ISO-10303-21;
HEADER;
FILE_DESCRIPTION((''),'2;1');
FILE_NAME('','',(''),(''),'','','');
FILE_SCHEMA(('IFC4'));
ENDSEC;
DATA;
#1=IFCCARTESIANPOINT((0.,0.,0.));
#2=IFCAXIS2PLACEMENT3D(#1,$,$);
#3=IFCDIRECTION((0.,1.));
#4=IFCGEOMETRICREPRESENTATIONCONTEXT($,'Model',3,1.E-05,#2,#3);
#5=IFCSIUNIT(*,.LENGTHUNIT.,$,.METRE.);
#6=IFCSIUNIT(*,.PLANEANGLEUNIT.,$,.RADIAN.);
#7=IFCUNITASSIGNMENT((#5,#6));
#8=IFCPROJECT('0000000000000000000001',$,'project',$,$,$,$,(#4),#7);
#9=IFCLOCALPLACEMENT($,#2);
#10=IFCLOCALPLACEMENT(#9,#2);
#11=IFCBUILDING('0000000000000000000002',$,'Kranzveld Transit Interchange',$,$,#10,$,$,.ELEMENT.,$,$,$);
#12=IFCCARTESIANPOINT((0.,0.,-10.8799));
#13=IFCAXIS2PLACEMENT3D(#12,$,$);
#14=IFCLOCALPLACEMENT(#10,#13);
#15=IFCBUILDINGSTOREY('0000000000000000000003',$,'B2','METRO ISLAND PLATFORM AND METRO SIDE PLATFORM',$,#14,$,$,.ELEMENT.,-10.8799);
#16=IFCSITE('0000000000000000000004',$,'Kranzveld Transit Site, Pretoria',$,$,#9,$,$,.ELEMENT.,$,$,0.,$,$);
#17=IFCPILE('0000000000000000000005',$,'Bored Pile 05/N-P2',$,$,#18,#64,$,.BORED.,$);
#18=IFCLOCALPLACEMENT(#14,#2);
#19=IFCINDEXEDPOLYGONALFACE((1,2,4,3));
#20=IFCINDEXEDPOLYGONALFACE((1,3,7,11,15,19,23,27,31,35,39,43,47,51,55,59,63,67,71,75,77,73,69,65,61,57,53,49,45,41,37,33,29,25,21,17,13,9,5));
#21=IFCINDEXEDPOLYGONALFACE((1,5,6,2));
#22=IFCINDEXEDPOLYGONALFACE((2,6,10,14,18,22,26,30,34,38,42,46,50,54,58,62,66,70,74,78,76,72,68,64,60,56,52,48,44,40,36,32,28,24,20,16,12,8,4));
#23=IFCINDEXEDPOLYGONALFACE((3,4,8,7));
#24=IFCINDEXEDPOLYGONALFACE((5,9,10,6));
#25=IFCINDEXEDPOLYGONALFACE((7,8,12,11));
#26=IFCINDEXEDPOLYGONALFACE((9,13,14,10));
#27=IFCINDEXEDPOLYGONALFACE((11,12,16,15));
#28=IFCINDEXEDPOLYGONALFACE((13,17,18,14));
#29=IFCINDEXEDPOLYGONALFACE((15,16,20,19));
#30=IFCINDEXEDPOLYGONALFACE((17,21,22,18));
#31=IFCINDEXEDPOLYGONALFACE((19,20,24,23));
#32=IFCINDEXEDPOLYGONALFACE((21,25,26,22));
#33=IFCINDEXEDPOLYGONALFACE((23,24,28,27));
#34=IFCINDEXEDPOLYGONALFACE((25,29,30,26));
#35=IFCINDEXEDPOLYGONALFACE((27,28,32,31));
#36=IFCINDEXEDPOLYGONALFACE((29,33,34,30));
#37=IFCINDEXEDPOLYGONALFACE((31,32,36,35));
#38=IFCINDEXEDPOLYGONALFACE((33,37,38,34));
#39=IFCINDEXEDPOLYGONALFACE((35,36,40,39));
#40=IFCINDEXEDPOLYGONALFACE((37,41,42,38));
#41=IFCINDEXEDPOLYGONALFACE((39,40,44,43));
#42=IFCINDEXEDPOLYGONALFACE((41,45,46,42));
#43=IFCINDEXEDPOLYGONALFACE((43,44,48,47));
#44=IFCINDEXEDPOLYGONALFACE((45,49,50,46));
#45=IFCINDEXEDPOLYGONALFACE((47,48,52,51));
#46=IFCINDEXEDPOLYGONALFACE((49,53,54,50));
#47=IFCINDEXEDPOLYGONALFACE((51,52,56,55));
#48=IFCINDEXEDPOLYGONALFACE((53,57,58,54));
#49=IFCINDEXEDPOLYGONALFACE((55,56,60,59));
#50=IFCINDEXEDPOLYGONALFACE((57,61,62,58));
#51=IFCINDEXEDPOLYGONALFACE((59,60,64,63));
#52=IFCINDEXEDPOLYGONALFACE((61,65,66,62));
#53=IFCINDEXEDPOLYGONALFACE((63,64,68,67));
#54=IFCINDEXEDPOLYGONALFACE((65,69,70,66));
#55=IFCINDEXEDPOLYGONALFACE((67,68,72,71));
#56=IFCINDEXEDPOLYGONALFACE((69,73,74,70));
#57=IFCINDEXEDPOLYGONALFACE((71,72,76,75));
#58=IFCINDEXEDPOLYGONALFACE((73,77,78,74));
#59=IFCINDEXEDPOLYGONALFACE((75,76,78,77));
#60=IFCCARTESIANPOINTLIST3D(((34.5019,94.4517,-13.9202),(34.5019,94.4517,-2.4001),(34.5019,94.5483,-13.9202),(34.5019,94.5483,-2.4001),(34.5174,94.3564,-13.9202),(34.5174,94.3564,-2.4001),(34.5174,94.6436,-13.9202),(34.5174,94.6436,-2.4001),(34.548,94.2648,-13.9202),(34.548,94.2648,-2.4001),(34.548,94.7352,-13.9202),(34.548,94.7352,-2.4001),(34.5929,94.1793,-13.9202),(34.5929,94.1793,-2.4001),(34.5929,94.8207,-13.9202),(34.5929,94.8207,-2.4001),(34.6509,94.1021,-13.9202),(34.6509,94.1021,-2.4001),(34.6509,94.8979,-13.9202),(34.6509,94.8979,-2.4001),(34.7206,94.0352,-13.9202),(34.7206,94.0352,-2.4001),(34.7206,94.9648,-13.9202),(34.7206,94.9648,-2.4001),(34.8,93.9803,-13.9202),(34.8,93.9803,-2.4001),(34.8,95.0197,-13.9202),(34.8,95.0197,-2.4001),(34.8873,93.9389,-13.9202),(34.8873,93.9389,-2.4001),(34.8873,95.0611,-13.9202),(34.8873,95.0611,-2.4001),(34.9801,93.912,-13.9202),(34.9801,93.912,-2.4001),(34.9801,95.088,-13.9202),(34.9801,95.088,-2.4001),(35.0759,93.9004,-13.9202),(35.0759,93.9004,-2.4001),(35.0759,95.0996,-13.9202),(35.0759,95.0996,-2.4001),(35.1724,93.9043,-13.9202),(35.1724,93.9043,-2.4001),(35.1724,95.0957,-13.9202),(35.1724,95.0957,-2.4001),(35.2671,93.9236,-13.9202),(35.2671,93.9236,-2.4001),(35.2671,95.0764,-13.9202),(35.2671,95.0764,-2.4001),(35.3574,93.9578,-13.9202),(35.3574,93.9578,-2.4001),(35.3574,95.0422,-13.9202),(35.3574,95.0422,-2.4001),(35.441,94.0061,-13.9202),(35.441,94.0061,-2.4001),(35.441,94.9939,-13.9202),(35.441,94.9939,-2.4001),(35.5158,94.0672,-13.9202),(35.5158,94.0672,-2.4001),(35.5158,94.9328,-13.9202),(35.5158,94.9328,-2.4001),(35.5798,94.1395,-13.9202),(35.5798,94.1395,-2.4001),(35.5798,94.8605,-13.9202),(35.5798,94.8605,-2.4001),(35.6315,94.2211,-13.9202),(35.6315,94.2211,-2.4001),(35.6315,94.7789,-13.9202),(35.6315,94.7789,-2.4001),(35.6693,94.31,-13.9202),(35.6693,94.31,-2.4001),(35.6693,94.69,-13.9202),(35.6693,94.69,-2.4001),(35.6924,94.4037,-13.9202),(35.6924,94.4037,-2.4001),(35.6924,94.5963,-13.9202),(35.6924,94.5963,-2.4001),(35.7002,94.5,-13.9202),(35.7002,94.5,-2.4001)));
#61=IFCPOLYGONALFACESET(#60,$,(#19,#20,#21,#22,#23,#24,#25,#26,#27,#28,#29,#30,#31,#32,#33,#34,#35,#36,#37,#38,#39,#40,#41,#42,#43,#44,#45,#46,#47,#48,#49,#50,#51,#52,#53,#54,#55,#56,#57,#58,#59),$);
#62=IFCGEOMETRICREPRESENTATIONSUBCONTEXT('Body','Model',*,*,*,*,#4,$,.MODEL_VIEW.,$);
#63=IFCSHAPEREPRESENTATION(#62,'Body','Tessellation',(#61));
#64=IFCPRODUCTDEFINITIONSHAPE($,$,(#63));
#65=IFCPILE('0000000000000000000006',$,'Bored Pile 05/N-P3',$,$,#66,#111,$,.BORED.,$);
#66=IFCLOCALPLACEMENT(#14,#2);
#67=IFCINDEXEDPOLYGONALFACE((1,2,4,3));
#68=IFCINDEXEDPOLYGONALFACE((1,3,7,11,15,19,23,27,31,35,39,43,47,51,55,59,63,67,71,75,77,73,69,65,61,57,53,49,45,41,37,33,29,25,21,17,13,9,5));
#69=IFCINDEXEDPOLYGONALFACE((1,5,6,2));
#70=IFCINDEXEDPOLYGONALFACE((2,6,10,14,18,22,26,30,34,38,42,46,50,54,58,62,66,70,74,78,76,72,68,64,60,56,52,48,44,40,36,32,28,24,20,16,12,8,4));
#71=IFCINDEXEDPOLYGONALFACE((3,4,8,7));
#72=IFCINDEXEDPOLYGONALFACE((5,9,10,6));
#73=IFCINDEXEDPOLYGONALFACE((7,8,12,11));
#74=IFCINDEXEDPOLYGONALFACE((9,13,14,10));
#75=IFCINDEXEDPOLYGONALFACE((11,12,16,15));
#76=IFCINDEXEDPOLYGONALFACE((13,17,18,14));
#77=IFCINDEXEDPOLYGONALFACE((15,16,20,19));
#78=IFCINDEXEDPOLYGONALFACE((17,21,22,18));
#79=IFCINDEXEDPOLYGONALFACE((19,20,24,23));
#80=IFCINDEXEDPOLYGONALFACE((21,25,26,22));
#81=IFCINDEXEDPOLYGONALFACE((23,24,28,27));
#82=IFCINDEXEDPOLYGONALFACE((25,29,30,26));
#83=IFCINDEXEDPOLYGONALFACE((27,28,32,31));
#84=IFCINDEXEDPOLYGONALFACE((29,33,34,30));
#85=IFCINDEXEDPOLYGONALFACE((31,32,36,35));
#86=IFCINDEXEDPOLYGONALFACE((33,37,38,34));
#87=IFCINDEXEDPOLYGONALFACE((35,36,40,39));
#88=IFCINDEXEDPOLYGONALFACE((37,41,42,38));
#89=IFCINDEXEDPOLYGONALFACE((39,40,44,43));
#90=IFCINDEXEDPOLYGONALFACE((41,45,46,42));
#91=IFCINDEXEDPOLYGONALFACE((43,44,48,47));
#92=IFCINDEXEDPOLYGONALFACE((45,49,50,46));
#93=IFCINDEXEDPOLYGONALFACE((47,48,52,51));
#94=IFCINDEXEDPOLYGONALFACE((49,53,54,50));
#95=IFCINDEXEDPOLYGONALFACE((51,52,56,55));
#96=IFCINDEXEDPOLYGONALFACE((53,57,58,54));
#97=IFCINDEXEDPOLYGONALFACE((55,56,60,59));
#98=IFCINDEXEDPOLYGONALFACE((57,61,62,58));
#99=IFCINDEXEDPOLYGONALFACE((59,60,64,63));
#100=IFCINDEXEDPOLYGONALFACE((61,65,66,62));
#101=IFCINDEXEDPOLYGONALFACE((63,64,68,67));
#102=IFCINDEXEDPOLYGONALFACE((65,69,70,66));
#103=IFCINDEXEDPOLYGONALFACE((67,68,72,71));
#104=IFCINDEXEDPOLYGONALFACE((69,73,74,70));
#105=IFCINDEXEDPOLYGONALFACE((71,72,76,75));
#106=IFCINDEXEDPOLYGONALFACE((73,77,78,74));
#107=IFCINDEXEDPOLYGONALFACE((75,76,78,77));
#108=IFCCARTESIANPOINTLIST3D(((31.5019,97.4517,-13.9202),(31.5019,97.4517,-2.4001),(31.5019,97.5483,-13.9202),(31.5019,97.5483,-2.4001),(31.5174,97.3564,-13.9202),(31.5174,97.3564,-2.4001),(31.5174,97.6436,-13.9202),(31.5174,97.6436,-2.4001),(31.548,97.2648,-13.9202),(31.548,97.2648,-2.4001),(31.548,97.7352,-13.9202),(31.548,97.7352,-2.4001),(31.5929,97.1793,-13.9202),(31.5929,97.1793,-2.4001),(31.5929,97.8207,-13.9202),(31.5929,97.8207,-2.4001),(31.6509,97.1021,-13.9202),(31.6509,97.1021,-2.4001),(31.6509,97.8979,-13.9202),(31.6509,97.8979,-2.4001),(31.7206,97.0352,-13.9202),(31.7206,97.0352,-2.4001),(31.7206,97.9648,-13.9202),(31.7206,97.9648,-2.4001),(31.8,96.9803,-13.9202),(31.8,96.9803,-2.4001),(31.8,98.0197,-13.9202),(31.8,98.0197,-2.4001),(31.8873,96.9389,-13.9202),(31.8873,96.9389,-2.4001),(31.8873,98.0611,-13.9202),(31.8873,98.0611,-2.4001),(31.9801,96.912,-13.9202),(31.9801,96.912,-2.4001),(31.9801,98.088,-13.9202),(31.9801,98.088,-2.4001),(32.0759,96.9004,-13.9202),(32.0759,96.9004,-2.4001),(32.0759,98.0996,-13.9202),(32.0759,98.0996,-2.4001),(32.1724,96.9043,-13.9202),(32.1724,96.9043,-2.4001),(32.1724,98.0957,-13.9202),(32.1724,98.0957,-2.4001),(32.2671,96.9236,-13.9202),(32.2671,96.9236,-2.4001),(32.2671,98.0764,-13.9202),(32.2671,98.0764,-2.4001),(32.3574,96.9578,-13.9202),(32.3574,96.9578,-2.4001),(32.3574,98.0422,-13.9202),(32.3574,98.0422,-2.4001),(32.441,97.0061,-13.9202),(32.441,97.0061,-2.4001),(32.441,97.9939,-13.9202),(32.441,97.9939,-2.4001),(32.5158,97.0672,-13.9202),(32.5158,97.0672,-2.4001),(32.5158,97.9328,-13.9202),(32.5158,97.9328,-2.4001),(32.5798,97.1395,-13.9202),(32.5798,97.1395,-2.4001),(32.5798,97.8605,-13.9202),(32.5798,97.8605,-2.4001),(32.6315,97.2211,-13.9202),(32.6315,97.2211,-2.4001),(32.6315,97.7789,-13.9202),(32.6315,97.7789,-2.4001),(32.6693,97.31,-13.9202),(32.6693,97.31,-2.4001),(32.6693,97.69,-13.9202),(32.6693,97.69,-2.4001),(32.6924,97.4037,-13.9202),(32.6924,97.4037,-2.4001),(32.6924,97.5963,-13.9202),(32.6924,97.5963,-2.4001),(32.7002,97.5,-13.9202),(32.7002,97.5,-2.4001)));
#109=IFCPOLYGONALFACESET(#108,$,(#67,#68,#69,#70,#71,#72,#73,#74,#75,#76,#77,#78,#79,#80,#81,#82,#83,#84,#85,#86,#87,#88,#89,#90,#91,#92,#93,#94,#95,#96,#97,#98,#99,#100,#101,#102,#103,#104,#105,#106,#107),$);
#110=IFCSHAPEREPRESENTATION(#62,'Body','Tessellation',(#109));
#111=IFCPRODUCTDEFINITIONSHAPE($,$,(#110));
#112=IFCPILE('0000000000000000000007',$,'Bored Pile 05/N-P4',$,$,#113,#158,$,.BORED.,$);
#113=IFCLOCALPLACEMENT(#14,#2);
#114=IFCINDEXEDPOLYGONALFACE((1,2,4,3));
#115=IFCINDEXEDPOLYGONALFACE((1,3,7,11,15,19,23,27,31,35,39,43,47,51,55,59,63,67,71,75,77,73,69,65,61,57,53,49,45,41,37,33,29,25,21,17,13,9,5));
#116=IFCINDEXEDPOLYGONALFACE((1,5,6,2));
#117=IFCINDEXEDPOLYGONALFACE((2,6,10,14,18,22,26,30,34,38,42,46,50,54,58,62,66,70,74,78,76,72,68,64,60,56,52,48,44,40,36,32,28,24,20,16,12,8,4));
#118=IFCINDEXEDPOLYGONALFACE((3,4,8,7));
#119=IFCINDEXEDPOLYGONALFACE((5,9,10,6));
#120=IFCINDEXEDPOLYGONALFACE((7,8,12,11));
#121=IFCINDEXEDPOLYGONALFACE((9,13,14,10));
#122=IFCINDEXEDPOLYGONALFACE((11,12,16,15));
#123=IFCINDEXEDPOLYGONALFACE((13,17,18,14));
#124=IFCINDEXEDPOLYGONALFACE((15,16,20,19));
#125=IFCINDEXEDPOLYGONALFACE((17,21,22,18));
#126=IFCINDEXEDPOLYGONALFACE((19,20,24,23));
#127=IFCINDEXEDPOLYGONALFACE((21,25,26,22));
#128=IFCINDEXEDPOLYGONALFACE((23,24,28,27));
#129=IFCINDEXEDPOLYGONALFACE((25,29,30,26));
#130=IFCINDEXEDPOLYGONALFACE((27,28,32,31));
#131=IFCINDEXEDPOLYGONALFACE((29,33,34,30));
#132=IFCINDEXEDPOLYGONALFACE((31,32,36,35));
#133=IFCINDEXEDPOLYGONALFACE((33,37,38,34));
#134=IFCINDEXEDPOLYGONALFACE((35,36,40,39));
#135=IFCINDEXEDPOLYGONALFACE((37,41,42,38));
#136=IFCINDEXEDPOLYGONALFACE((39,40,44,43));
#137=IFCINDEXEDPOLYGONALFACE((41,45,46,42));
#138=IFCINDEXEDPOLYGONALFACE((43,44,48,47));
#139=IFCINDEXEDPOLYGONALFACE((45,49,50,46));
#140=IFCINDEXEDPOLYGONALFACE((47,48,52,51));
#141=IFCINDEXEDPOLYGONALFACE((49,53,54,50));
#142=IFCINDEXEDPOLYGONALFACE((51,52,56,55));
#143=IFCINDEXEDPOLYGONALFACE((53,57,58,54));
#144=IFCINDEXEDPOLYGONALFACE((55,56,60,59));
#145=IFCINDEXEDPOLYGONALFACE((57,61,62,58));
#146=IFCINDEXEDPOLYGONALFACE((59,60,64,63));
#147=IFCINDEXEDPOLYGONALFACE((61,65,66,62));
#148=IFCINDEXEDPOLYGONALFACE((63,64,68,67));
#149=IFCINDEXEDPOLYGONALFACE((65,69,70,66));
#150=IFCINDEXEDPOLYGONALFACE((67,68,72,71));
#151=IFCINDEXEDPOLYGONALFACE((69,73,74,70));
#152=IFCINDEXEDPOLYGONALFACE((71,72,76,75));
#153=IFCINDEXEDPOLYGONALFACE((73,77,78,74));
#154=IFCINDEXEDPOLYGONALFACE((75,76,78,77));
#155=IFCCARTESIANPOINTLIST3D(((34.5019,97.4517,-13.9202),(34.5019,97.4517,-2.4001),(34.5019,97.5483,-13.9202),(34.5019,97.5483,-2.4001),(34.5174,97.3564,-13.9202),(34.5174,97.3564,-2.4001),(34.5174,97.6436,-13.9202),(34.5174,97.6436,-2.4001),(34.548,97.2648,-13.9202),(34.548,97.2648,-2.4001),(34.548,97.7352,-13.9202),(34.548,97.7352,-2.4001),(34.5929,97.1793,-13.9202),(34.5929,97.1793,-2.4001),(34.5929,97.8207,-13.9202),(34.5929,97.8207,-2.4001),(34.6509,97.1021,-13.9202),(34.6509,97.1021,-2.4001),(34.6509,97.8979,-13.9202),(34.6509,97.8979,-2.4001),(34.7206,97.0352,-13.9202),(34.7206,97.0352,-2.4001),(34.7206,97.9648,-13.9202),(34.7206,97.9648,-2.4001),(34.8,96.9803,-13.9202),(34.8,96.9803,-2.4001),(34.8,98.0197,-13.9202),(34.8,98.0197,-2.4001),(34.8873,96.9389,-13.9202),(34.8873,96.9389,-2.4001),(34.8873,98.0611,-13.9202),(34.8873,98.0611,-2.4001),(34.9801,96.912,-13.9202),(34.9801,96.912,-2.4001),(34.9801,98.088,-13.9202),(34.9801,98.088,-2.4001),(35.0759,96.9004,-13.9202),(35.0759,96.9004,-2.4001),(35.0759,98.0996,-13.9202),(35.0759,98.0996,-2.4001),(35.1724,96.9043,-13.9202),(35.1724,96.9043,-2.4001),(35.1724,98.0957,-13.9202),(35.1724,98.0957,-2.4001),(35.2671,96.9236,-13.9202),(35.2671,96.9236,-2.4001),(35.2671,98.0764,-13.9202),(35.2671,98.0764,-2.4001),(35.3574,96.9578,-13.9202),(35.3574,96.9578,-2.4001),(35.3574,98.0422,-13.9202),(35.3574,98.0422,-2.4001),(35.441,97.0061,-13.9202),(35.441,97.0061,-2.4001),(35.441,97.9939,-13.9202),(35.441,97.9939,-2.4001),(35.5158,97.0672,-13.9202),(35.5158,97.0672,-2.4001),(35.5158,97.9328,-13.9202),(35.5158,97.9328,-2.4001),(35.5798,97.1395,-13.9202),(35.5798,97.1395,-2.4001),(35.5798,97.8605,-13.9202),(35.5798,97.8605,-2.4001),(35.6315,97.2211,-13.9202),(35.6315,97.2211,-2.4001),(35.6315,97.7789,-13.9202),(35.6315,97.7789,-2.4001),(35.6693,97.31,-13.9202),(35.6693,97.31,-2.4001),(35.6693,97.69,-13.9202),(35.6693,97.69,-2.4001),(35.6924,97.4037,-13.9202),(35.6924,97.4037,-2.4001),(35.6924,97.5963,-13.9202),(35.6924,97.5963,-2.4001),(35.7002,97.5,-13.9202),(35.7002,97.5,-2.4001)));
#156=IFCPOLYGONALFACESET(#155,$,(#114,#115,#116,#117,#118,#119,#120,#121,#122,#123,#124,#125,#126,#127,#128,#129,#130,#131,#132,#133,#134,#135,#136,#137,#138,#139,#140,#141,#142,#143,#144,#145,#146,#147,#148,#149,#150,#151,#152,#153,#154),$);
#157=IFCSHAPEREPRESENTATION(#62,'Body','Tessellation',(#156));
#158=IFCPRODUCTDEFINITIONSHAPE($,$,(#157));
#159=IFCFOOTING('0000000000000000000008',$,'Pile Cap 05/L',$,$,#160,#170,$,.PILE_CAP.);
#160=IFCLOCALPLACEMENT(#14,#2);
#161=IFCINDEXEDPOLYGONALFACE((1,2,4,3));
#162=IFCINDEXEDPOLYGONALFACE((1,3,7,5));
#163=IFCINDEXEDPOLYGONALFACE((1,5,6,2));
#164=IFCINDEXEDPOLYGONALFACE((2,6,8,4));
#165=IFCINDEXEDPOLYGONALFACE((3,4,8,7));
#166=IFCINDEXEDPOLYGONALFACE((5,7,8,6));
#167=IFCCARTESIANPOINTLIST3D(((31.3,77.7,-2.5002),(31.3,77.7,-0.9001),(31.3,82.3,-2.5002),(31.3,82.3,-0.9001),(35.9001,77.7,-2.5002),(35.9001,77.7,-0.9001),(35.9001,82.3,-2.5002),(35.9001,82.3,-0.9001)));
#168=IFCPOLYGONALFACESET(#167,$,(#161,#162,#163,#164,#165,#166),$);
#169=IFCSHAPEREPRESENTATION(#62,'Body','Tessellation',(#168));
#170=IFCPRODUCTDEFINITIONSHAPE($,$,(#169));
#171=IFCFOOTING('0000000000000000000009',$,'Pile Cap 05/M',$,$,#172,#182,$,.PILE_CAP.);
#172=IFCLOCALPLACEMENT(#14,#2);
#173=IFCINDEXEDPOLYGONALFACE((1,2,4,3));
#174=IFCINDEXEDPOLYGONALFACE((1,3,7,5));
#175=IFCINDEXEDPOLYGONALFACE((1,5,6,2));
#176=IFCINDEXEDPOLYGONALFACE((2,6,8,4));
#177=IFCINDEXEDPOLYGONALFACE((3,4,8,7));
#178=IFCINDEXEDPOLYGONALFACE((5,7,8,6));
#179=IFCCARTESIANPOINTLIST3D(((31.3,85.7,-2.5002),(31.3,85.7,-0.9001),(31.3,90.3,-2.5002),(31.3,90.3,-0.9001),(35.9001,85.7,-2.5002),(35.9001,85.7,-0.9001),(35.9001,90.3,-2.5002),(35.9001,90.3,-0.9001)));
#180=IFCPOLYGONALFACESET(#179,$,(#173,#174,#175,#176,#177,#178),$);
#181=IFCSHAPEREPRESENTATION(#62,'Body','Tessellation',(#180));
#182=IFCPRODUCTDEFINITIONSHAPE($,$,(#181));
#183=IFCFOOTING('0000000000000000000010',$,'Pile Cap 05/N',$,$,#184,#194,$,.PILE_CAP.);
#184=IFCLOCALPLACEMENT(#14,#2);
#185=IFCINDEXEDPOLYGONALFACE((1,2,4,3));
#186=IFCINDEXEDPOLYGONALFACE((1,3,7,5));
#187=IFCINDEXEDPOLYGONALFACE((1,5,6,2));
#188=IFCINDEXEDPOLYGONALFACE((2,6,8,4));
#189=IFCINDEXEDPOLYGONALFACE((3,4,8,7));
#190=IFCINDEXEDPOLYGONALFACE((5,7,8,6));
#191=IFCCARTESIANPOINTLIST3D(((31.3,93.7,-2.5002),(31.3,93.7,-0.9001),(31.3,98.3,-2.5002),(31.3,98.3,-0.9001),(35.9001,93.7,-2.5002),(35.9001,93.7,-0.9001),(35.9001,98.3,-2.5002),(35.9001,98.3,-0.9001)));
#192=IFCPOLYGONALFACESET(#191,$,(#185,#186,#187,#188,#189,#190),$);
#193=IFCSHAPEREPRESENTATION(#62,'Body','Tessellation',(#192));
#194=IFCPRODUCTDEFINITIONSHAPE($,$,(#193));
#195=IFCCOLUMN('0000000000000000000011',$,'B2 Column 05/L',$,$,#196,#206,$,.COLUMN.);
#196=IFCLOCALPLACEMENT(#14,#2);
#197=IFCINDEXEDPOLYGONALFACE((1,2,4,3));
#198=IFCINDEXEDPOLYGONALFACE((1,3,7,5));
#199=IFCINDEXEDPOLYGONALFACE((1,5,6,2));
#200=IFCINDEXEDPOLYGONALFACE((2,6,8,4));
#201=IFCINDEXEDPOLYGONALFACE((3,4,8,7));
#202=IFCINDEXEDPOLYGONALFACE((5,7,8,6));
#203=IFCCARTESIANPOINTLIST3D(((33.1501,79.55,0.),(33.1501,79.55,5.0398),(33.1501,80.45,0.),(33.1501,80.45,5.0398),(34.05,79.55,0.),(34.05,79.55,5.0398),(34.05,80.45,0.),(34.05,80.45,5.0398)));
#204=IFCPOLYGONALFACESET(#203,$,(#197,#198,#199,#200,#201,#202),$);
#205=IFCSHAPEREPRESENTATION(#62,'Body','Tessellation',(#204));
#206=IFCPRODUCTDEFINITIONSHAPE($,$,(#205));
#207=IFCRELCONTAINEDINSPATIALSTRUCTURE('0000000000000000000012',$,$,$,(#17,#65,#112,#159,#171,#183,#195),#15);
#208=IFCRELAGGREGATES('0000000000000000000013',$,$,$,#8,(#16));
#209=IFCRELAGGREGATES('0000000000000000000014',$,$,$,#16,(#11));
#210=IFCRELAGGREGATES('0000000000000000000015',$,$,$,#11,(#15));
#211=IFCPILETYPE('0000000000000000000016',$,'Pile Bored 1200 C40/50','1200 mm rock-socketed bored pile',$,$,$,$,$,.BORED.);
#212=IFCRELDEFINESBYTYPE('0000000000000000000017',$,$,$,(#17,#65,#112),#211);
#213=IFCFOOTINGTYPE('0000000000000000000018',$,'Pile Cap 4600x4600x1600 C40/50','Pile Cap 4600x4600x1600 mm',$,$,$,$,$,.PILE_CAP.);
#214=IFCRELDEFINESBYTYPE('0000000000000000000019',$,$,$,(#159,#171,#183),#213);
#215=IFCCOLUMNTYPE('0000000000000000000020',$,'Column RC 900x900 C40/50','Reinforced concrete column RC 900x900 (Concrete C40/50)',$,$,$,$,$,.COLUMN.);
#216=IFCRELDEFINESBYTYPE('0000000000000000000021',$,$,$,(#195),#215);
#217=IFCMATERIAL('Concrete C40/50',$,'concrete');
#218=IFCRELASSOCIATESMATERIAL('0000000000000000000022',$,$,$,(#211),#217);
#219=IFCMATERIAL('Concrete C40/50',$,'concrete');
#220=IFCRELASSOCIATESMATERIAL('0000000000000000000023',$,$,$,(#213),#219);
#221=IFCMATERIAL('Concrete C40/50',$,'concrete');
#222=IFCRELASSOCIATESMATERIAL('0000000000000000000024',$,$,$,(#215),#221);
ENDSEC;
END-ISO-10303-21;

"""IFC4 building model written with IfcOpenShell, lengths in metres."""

from ifc_helpers import new_model, si_unit, direction, frame, origin, origin_2d, place, context, subcontext, project, spatial, rectangle, circle, extrude, material, material_profile, profile_set, type_object, element, save


model = new_model("IFC4")

# Units and contexts
model_context = context("Model", 3, precision=1e-05, world=origin(), true_north=direction((0.0, 1.0)))
body_context = subcontext(model_context, "Body", "Model", "MODEL_VIEW")
ifc_project = project(units=[si_unit("LENGTHUNIT", "METRE"), si_unit("PLANEANGLEUNIT", "RADIAN")], contexts=[model_context])

# Site, building, storey
site_placement = place(None, origin())
site = spatial("IfcSite", under=ifc_project, at=site_placement, Name="Kranzveld Transit Site, Pretoria", CompositionType="ELEMENT", RefElevation=0.0)
building_placement = place(site_placement, origin())
building = spatial("IfcBuilding", under=site, at=building_placement, Name="Kranzveld Transit Interchange", CompositionType="ELEMENT")
storey_placement = place(building_placement, frame((0.0, 0.0, -10.8799)))
storey = spatial("IfcBuildingStorey", under=building, at=storey_placement, Name="B2", Description="METRO ISLAND PLATFORM AND METRO SIDE PLATFORM", CompositionType="ELEMENT", Elevation=-10.8799)

# Piles
ifc_material_1 = material(Name="Concrete C40/50", Category="concrete")
ifc_material_profile_1 = material_profile(ifc_material_1, circle(Radius=0.6001, at=origin_2d()), Name="BORED PILE 1200")
ifc_profile_set_1 = profile_set([ifc_material_profile_1], Name="Concrete C40/50")
pile_type = type_object("IfcPileType", Name="Pile Bored 1200 C40/50", Description="1200 mm rock-socketed bored pile", PredefinedType="BORED", material=ifc_profile_set_1)
for number, where, z_axis, x_axis, name in (
    (1, (35.1001, 94.5, -2.4001), (0.0, 0.0, -1.0), (1.0, 0.0, 0.0), "Bored Pile 05/N-P2"),
    (2, (32.1001, 97.5, -2.4001), (0.0, 0.0, -1.0), (1.0, 0.0, 0.0), "Bored Pile 05/N-P3"),
    (3, (35.1001, 97.5, -2.4001), (0.0, 0.0, -1.0), (1.0, 0.0, 0.0), "Bored Pile 05/N-P4"),
):
    element("IfcPile", number, at=place(storey_placement, frame(where, z_axis=z_axis, x_axis=x_axis)), inside=storey, type_object=pile_type, Name=name, PredefinedType="BORED", context=body_context, shape_type="SweptSolid", body=[
        extrude(circle(Radius=0.6001, at=origin_2d()), origin(), (0.0, 0.0, 1.0), 11.52),
    ])

# Footings
ifc_material_2 = material(Name="Concrete C40/50", Category="concrete")
footing_type = type_object("IfcFootingType", Name="Pile Cap 4600x4600x1600 C40/50", Description="Pile Cap 4600x4600x1600 mm", PredefinedType="PILE_CAP", material=ifc_material_2)
for number, where, z_axis, x_axis, name in (
    (4, (33.6001, 80.0, -2.5002), (0.0, 0.0, 1.0), (1.0, 0.0, 0.0), "Pile Cap 05/L"),
    (5, (33.6001, 88.0, -2.5002), (0.0, 0.0, 1.0), (1.0, 0.0, 0.0), "Pile Cap 05/M"),
    (6, (33.6001, 96.0, -2.5002), (0.0, 0.0, 1.0), (1.0, 0.0, 0.0), "Pile Cap 05/N"),
):
    element("IfcFooting", number, at=place(storey_placement, frame(where, z_axis=z_axis, x_axis=x_axis)), inside=storey, type_object=footing_type, Name=name, PredefinedType="PILE_CAP", context=body_context, shape_type="SweptSolid", body=[
        extrude(rectangle(XDim=4.6001, YDim=4.6001, at=origin_2d()), origin(), (0.0, 0.0, 1.0), 1.6001),
    ])

# Column
ifc_material_3 = material(Name="Concrete C40/50", Category="concrete")
ifc_material_profile_2 = material_profile(ifc_material_3, rectangle(XDim=0.8999, YDim=0.8999, at=origin_2d()), Name="RC 900x900")
ifc_profile_set_2 = profile_set([ifc_material_profile_2], Name="Concrete C40/50")
column_type = type_object("IfcColumnType", Name="Column RC 900x900 C40/50", Description="Reinforced concrete column RC 900x900 (Concrete C40/50)", PredefinedType="COLUMN", material=ifc_profile_set_2)
for number, where, z_axis, x_axis, name in (
    (7, (33.6001, 80.0, 0.0), (0.0, 0.0, 1.0), (1.0, 0.0, 0.0), "B2 Column 05/L"),
):
    element("IfcColumn", number, at=place(storey_placement, frame(where, z_axis=z_axis, x_axis=x_axis)), inside=storey, type_object=column_type, Name=name, PredefinedType="COLUMN", context=body_context, shape_type="SweptSolid", body=[
        extrude(rectangle(XDim=0.8999, YDim=0.8999, at=origin_2d()), origin(), (0.0, 0.0, 1.0), 5.0398),
    ])

save(model, "model.ifc")
